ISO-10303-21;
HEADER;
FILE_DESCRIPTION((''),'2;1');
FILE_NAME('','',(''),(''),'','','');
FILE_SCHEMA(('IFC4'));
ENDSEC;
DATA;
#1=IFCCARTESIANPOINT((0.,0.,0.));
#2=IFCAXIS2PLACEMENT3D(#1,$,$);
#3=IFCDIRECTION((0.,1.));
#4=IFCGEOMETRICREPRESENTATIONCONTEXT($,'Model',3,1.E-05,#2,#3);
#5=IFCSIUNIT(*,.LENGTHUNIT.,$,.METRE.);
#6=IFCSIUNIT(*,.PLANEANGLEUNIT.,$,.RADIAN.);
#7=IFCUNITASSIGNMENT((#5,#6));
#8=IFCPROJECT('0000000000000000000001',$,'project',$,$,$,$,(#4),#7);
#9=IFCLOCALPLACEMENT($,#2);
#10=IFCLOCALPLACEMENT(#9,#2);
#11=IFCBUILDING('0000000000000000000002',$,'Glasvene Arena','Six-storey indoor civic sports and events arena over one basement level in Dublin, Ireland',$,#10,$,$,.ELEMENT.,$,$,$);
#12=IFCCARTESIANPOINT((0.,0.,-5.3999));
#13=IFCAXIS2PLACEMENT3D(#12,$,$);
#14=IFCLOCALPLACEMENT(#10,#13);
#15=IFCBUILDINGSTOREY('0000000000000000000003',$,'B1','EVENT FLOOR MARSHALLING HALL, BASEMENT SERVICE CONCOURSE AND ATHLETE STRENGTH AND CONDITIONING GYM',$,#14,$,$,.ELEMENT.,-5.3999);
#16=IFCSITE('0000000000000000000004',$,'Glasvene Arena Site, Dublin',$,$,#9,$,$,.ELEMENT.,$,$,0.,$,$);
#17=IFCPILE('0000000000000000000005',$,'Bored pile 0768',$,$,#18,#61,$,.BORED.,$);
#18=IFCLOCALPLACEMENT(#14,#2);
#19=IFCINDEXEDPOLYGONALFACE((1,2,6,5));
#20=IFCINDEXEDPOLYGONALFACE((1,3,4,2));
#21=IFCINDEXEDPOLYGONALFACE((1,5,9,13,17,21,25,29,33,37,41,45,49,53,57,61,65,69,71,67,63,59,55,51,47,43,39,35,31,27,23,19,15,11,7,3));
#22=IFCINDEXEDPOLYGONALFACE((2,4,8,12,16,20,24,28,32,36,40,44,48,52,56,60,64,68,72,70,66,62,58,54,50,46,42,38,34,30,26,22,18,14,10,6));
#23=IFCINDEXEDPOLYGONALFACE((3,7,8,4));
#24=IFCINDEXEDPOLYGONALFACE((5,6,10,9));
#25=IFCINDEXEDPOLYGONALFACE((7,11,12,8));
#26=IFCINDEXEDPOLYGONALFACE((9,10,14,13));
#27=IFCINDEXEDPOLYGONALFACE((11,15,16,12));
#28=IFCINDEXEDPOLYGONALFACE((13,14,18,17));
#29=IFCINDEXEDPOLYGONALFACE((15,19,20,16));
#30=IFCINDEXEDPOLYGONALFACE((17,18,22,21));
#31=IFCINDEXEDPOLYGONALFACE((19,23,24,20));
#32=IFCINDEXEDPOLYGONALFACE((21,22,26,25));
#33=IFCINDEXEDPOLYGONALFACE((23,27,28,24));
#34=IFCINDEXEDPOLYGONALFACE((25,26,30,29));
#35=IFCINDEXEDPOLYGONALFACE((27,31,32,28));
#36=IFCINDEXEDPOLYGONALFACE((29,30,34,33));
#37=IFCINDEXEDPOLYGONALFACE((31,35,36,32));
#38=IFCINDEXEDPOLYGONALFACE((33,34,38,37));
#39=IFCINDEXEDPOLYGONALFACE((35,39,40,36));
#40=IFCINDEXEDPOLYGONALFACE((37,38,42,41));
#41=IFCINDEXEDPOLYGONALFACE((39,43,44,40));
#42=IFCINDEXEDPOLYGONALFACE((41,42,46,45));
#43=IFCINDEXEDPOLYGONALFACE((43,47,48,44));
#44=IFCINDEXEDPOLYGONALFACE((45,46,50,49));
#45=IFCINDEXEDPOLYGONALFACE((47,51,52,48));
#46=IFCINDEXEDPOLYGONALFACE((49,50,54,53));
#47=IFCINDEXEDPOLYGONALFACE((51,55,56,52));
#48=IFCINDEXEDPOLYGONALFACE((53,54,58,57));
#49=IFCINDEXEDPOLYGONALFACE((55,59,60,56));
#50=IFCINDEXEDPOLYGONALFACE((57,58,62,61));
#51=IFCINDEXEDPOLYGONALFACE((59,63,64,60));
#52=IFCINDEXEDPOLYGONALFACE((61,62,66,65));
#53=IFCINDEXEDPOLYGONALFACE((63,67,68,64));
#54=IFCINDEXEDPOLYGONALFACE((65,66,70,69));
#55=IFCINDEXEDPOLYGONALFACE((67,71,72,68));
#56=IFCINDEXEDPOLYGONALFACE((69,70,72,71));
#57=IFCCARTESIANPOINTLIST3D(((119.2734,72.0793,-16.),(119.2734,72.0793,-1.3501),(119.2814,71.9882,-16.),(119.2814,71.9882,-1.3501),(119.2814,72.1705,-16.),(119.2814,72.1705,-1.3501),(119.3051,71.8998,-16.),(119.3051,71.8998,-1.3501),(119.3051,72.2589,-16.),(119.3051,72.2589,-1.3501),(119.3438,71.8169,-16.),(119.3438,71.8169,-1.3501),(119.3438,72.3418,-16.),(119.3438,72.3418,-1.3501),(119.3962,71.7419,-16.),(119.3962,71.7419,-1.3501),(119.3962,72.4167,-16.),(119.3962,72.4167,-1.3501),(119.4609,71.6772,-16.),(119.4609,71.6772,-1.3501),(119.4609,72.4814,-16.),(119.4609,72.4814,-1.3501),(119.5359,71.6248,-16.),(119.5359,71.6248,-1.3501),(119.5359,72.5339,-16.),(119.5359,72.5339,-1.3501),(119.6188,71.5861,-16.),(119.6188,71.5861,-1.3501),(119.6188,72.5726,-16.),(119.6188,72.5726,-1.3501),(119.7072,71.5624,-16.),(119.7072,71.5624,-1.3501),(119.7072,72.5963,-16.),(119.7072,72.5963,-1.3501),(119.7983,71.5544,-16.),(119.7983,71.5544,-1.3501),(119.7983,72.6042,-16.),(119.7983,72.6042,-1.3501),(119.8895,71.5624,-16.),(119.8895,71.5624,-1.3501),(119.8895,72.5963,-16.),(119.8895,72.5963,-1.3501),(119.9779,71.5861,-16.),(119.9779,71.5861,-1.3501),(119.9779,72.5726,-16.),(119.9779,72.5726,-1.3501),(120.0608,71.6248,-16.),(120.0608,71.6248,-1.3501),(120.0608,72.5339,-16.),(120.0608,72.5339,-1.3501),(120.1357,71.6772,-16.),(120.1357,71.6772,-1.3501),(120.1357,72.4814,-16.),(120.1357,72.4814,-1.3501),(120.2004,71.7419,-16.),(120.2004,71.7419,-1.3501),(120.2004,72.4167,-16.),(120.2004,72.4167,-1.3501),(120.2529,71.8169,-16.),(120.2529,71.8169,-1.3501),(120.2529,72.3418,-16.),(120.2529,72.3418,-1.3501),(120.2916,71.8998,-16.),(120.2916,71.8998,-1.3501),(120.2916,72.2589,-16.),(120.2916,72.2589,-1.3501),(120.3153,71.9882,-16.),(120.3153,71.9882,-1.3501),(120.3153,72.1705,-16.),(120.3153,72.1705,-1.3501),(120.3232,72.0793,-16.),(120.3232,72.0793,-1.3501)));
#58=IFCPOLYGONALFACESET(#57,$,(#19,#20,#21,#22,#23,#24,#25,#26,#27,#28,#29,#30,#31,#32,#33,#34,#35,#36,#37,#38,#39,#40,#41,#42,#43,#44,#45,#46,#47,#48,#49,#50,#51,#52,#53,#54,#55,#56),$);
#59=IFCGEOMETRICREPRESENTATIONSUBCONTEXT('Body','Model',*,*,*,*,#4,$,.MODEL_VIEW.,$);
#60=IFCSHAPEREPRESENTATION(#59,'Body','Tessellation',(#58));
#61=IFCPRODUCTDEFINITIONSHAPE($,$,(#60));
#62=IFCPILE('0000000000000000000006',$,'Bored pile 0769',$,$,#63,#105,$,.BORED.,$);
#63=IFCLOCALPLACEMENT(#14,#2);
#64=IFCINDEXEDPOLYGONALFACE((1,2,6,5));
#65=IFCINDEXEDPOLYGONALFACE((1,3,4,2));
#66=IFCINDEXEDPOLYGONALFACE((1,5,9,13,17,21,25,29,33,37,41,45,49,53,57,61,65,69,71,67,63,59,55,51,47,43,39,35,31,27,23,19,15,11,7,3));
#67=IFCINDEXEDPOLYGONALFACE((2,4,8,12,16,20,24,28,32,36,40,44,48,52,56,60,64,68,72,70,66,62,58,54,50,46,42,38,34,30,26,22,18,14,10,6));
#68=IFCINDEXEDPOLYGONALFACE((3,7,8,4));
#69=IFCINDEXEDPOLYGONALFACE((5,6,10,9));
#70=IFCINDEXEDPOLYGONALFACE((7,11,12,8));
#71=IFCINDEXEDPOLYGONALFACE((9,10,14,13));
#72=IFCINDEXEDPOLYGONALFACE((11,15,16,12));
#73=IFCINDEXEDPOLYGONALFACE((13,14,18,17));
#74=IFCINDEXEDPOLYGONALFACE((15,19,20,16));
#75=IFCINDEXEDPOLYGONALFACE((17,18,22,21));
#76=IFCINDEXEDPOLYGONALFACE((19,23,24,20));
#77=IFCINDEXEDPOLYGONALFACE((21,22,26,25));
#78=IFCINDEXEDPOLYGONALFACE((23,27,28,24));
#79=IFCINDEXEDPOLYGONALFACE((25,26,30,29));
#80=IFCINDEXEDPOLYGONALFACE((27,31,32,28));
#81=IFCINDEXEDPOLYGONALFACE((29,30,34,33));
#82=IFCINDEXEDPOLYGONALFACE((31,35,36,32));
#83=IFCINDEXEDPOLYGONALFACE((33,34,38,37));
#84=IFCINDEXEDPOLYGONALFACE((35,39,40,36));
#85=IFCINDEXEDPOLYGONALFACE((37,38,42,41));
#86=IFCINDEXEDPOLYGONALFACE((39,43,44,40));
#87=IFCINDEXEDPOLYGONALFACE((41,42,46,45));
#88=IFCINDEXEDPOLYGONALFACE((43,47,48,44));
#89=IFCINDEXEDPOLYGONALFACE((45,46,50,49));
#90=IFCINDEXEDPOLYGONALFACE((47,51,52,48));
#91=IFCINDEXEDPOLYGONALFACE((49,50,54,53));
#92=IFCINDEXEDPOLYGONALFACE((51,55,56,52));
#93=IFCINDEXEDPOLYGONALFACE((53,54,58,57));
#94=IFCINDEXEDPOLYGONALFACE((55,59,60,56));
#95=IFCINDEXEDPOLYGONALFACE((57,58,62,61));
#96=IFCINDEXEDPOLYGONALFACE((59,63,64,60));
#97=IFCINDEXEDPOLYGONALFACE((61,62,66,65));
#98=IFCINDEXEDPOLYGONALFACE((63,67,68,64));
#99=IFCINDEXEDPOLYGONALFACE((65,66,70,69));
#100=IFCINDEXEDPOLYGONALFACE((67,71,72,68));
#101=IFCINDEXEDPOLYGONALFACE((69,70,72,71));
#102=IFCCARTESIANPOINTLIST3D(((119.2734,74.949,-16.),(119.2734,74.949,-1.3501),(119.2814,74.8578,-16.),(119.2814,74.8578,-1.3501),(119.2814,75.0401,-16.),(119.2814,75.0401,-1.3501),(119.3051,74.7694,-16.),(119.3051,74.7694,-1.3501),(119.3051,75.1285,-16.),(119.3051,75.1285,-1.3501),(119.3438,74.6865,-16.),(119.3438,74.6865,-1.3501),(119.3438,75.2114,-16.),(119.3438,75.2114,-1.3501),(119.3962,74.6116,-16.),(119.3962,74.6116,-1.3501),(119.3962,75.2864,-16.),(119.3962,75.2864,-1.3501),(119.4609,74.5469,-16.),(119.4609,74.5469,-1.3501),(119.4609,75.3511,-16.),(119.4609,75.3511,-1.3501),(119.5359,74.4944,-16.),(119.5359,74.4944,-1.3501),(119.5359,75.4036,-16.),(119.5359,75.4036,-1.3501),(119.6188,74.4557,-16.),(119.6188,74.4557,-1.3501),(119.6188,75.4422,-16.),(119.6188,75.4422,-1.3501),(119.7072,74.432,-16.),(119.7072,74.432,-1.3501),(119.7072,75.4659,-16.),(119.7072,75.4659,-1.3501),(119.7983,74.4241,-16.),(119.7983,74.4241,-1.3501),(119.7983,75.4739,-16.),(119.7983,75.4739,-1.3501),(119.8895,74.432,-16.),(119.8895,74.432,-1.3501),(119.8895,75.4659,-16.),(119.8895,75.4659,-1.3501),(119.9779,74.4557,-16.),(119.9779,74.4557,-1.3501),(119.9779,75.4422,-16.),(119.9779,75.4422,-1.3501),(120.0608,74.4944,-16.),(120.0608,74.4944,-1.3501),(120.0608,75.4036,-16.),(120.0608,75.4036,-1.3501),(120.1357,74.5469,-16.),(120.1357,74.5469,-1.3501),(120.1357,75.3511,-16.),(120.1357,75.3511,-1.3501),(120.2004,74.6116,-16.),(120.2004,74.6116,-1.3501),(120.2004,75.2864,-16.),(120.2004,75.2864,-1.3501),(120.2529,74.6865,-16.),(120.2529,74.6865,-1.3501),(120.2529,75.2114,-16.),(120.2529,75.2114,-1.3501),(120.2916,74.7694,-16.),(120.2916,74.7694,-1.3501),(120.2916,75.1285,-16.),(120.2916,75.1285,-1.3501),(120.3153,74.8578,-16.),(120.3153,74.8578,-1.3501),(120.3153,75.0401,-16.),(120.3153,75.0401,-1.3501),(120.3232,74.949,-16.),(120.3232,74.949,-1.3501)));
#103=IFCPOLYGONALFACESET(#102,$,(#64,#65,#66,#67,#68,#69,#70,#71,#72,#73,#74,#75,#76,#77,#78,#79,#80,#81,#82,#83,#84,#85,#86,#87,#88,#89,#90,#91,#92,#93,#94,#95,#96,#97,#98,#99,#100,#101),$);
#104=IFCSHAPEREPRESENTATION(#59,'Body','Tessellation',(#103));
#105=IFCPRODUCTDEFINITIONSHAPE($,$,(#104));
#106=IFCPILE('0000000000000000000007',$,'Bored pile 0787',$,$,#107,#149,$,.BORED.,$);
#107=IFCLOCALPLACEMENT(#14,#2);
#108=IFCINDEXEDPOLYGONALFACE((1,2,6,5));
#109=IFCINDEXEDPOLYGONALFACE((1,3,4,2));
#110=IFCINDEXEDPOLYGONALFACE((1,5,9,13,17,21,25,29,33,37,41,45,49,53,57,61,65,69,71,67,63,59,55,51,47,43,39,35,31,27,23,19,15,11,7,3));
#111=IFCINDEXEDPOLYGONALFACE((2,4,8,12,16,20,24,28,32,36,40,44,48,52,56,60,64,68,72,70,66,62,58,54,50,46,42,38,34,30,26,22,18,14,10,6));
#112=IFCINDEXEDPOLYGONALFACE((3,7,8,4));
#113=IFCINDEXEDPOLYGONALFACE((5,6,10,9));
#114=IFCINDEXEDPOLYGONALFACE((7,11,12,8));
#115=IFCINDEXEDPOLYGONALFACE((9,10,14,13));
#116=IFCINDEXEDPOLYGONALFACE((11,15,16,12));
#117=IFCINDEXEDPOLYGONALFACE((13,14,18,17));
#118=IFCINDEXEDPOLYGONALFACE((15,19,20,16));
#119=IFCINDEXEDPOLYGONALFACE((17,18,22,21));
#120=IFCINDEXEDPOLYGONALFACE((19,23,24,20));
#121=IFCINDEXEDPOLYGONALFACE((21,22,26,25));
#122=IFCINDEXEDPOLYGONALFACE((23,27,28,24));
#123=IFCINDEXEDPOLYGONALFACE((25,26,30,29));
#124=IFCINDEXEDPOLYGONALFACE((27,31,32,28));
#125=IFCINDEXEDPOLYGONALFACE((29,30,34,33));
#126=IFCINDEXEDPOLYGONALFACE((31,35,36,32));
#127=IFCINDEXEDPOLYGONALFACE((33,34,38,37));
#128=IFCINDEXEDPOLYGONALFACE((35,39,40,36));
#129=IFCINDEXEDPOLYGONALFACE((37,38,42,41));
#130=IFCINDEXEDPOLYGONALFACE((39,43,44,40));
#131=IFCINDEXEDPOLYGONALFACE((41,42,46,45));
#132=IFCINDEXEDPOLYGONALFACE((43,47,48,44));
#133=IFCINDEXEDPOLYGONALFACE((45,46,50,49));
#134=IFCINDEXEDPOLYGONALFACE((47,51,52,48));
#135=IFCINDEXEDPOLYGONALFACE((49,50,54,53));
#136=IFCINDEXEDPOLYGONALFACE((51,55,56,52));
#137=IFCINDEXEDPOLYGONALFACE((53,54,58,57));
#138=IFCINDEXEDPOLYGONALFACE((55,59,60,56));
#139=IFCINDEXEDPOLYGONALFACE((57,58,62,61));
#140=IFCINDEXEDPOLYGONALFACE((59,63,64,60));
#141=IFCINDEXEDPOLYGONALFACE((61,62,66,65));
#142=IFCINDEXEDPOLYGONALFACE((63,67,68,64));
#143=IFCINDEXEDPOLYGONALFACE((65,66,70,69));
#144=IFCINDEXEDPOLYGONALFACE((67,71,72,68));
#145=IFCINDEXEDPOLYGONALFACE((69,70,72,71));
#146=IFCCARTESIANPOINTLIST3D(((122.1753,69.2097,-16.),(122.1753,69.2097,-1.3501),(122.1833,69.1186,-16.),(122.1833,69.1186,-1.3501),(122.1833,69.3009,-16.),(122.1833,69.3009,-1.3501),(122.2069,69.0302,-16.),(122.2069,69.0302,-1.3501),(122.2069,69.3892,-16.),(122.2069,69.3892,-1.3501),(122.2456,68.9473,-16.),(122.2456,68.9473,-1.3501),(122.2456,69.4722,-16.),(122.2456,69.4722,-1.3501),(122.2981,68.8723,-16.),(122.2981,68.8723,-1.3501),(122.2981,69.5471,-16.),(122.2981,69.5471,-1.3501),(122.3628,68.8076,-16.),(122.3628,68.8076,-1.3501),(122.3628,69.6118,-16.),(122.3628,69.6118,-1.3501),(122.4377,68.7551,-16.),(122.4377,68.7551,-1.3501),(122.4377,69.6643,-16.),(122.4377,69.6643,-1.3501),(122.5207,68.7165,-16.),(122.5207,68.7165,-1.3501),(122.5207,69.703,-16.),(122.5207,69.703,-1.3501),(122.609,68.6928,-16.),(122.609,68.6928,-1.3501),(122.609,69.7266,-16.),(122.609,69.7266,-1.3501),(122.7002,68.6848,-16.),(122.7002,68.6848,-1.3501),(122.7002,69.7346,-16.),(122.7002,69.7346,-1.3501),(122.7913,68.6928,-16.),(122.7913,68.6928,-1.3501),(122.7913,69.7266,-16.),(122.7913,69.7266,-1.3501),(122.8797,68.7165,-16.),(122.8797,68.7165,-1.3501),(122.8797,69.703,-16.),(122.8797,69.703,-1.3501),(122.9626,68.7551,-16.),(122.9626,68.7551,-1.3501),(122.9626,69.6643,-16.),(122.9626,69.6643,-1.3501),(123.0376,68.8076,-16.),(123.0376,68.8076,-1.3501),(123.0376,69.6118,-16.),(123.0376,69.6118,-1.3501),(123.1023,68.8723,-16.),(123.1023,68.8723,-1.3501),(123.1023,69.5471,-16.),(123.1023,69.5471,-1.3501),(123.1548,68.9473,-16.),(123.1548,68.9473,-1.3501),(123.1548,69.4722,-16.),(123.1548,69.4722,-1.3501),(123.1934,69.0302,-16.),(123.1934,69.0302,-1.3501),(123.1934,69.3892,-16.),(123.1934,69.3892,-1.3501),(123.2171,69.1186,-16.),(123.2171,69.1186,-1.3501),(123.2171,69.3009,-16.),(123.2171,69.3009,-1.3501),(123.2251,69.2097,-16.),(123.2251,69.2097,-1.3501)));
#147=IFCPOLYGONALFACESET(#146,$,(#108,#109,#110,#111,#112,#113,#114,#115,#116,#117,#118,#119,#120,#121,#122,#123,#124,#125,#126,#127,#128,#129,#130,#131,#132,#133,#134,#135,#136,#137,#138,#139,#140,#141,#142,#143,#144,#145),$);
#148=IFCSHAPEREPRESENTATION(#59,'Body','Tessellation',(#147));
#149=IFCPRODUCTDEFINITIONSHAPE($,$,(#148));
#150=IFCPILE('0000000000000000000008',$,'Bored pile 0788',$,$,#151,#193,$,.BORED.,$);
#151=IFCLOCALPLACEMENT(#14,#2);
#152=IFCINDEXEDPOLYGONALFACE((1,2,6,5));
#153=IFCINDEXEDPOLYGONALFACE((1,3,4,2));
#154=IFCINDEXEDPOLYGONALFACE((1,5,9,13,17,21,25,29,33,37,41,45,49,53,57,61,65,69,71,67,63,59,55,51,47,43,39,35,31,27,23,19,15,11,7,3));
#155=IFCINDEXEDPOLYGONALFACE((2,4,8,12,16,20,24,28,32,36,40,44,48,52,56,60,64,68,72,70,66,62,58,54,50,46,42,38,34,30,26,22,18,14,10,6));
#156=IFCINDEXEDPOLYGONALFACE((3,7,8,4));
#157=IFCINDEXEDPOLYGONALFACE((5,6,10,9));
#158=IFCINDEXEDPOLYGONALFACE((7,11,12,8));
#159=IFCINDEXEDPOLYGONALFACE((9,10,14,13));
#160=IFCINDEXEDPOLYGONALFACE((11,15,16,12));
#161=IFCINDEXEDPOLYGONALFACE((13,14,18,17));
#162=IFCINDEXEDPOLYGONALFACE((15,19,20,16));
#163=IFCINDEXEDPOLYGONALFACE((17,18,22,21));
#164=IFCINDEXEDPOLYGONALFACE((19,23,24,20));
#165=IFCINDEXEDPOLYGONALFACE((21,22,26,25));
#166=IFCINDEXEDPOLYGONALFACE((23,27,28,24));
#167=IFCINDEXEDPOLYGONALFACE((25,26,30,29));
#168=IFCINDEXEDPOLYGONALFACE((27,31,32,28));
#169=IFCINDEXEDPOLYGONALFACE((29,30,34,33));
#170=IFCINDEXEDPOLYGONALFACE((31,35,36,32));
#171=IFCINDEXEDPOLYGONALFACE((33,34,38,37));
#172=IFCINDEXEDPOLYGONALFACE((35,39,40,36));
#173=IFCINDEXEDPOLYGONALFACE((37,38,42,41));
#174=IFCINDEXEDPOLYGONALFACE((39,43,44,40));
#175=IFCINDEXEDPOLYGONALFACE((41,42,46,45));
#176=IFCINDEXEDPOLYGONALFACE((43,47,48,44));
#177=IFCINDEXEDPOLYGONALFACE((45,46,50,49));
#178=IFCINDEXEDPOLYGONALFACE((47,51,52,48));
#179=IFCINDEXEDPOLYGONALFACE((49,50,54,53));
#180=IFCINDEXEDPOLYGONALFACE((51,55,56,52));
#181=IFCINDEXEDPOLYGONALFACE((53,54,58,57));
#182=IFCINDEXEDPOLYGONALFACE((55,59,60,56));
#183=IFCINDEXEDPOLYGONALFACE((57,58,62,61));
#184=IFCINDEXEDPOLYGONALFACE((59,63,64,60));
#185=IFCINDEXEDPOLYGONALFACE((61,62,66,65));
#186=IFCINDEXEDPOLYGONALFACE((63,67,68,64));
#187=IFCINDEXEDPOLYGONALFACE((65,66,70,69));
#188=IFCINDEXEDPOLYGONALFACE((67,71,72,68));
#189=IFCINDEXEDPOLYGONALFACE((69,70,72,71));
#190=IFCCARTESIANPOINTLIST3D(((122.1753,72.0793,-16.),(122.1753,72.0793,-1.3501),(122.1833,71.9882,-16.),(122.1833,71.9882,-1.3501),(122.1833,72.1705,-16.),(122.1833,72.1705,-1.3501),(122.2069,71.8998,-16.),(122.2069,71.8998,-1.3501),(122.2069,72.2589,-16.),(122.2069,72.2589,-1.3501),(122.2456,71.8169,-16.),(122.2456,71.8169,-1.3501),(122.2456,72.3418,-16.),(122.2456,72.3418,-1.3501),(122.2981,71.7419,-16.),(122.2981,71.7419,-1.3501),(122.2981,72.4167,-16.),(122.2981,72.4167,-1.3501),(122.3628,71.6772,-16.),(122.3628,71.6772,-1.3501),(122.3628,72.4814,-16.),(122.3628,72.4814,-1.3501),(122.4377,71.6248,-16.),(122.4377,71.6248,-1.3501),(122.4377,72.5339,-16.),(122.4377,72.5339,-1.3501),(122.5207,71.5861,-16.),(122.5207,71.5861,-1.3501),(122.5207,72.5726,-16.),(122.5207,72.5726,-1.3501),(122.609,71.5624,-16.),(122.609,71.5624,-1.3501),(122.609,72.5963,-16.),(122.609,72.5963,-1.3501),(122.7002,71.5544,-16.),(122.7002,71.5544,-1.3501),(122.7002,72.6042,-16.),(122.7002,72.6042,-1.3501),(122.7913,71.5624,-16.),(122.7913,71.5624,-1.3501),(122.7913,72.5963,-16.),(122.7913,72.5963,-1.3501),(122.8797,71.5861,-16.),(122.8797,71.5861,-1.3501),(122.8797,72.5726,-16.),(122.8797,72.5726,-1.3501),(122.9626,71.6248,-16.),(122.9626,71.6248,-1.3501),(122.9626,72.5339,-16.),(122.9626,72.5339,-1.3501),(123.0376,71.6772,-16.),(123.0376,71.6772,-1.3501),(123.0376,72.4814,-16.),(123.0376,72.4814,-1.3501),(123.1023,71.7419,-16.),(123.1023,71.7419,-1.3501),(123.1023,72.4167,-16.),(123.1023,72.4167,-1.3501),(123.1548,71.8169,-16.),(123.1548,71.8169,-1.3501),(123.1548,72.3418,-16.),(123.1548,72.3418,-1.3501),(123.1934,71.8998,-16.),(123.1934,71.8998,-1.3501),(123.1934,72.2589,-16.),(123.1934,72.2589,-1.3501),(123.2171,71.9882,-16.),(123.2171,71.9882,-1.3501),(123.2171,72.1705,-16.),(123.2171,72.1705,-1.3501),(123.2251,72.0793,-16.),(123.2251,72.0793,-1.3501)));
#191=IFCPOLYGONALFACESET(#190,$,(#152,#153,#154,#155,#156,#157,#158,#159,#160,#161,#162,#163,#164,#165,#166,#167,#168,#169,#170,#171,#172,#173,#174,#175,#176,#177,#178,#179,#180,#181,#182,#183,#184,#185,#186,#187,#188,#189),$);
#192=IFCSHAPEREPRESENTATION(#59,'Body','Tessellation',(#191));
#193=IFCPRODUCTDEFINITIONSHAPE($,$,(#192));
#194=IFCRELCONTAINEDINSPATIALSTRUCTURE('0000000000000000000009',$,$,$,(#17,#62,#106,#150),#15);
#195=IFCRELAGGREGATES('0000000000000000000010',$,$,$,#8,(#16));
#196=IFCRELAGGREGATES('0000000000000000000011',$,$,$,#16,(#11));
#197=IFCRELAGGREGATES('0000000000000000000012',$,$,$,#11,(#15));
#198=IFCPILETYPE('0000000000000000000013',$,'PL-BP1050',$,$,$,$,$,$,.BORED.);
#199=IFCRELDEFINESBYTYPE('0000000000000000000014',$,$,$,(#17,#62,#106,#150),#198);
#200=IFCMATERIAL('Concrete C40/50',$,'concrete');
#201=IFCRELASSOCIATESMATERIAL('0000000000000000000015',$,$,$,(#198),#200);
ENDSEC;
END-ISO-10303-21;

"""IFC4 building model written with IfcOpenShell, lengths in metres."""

from ifc_helpers import new_model, si_unit, direction, frame, origin, origin_2d, place, context, subcontext, project, spatial, circle, extrude, material, material_profile, profile_set, type_object, element, save


model = new_model("IFC4")

# Units and contexts
model_context = context("Model", 3, precision=1e-05, world=origin(), true_north=direction((0.0, 1.0)))
body_context = subcontext(model_context, "Body", "Model", "MODEL_VIEW")
ifc_project = project(units=[si_unit("LENGTHUNIT", "METRE"), si_unit("PLANEANGLEUNIT", "RADIAN")], contexts=[model_context])

# Site, building, storey
site_placement = place(None, origin())
site = spatial("IfcSite", under=ifc_project, at=site_placement, Name="Glasvene Arena Site, Dublin", CompositionType="ELEMENT", RefElevation=0.0)
building_placement = place(site_placement, origin())
building = spatial("IfcBuilding", under=site, at=building_placement, Name="Glasvene Arena", Description="Six-storey indoor civic sports and events arena over one basement level in Dublin, Ireland", CompositionType="ELEMENT")
storey_placement = place(building_placement, frame((0.0, 0.0, -5.3999)))
storey = spatial("IfcBuildingStorey", under=building, at=storey_placement, Name="B1", Description="EVENT FLOOR MARSHALLING HALL, BASEMENT SERVICE CONCOURSE AND ATHLETE STRENGTH AND CONDITIONING GYM", CompositionType="ELEMENT", Elevation=-5.3999)

# Piles
ifc_material_1 = material(Name="Concrete C40/50", Category="concrete")
ifc_material_profile_1 = material_profile(ifc_material_1, circle(Radius=0.5249, at=origin_2d()), Name="BORED PILE 1050")
ifc_profile_set_1 = profile_set([ifc_material_profile_1], Name="Concrete C40/50")
pile_type = type_object("IfcPileType", Name="PL-BP1050", PredefinedType="BORED", material=ifc_profile_set_1)
for number, where, z_axis, x_axis, name in (
    (1, (119.7983, 72.0793, -1.3501), (0.0, 0.0, -1.0), (1.0, 0.0, 0.0), "Bored pile 0768"),
    (2, (119.7983, 74.949, -1.3501), (0.0, 0.0, -1.0), (1.0, 0.0, 0.0), "Bored pile 0769"),
    (3, (122.7002, 69.2097, -1.3501), (0.0, 0.0, -1.0), (1.0, 0.0, 0.0), "Bored pile 0787"),
    (4, (122.7002, 72.0793, -1.3501), (0.0, 0.0, -1.0), (1.0, 0.0, 0.0), "Bored pile 0788"),
):
    element("IfcPile", number, at=place(storey_placement, frame(where, z_axis=z_axis, x_axis=x_axis)), inside=storey, type_object=pile_type, Name=name, PredefinedType="BORED", context=body_context, shape_type="SweptSolid", body=[
        extrude(circle(Radius=0.5249, at=origin_2d()), origin(), (0.0, 0.0, 1.0), 14.6499),
    ])

save(model, "model.ifc")
